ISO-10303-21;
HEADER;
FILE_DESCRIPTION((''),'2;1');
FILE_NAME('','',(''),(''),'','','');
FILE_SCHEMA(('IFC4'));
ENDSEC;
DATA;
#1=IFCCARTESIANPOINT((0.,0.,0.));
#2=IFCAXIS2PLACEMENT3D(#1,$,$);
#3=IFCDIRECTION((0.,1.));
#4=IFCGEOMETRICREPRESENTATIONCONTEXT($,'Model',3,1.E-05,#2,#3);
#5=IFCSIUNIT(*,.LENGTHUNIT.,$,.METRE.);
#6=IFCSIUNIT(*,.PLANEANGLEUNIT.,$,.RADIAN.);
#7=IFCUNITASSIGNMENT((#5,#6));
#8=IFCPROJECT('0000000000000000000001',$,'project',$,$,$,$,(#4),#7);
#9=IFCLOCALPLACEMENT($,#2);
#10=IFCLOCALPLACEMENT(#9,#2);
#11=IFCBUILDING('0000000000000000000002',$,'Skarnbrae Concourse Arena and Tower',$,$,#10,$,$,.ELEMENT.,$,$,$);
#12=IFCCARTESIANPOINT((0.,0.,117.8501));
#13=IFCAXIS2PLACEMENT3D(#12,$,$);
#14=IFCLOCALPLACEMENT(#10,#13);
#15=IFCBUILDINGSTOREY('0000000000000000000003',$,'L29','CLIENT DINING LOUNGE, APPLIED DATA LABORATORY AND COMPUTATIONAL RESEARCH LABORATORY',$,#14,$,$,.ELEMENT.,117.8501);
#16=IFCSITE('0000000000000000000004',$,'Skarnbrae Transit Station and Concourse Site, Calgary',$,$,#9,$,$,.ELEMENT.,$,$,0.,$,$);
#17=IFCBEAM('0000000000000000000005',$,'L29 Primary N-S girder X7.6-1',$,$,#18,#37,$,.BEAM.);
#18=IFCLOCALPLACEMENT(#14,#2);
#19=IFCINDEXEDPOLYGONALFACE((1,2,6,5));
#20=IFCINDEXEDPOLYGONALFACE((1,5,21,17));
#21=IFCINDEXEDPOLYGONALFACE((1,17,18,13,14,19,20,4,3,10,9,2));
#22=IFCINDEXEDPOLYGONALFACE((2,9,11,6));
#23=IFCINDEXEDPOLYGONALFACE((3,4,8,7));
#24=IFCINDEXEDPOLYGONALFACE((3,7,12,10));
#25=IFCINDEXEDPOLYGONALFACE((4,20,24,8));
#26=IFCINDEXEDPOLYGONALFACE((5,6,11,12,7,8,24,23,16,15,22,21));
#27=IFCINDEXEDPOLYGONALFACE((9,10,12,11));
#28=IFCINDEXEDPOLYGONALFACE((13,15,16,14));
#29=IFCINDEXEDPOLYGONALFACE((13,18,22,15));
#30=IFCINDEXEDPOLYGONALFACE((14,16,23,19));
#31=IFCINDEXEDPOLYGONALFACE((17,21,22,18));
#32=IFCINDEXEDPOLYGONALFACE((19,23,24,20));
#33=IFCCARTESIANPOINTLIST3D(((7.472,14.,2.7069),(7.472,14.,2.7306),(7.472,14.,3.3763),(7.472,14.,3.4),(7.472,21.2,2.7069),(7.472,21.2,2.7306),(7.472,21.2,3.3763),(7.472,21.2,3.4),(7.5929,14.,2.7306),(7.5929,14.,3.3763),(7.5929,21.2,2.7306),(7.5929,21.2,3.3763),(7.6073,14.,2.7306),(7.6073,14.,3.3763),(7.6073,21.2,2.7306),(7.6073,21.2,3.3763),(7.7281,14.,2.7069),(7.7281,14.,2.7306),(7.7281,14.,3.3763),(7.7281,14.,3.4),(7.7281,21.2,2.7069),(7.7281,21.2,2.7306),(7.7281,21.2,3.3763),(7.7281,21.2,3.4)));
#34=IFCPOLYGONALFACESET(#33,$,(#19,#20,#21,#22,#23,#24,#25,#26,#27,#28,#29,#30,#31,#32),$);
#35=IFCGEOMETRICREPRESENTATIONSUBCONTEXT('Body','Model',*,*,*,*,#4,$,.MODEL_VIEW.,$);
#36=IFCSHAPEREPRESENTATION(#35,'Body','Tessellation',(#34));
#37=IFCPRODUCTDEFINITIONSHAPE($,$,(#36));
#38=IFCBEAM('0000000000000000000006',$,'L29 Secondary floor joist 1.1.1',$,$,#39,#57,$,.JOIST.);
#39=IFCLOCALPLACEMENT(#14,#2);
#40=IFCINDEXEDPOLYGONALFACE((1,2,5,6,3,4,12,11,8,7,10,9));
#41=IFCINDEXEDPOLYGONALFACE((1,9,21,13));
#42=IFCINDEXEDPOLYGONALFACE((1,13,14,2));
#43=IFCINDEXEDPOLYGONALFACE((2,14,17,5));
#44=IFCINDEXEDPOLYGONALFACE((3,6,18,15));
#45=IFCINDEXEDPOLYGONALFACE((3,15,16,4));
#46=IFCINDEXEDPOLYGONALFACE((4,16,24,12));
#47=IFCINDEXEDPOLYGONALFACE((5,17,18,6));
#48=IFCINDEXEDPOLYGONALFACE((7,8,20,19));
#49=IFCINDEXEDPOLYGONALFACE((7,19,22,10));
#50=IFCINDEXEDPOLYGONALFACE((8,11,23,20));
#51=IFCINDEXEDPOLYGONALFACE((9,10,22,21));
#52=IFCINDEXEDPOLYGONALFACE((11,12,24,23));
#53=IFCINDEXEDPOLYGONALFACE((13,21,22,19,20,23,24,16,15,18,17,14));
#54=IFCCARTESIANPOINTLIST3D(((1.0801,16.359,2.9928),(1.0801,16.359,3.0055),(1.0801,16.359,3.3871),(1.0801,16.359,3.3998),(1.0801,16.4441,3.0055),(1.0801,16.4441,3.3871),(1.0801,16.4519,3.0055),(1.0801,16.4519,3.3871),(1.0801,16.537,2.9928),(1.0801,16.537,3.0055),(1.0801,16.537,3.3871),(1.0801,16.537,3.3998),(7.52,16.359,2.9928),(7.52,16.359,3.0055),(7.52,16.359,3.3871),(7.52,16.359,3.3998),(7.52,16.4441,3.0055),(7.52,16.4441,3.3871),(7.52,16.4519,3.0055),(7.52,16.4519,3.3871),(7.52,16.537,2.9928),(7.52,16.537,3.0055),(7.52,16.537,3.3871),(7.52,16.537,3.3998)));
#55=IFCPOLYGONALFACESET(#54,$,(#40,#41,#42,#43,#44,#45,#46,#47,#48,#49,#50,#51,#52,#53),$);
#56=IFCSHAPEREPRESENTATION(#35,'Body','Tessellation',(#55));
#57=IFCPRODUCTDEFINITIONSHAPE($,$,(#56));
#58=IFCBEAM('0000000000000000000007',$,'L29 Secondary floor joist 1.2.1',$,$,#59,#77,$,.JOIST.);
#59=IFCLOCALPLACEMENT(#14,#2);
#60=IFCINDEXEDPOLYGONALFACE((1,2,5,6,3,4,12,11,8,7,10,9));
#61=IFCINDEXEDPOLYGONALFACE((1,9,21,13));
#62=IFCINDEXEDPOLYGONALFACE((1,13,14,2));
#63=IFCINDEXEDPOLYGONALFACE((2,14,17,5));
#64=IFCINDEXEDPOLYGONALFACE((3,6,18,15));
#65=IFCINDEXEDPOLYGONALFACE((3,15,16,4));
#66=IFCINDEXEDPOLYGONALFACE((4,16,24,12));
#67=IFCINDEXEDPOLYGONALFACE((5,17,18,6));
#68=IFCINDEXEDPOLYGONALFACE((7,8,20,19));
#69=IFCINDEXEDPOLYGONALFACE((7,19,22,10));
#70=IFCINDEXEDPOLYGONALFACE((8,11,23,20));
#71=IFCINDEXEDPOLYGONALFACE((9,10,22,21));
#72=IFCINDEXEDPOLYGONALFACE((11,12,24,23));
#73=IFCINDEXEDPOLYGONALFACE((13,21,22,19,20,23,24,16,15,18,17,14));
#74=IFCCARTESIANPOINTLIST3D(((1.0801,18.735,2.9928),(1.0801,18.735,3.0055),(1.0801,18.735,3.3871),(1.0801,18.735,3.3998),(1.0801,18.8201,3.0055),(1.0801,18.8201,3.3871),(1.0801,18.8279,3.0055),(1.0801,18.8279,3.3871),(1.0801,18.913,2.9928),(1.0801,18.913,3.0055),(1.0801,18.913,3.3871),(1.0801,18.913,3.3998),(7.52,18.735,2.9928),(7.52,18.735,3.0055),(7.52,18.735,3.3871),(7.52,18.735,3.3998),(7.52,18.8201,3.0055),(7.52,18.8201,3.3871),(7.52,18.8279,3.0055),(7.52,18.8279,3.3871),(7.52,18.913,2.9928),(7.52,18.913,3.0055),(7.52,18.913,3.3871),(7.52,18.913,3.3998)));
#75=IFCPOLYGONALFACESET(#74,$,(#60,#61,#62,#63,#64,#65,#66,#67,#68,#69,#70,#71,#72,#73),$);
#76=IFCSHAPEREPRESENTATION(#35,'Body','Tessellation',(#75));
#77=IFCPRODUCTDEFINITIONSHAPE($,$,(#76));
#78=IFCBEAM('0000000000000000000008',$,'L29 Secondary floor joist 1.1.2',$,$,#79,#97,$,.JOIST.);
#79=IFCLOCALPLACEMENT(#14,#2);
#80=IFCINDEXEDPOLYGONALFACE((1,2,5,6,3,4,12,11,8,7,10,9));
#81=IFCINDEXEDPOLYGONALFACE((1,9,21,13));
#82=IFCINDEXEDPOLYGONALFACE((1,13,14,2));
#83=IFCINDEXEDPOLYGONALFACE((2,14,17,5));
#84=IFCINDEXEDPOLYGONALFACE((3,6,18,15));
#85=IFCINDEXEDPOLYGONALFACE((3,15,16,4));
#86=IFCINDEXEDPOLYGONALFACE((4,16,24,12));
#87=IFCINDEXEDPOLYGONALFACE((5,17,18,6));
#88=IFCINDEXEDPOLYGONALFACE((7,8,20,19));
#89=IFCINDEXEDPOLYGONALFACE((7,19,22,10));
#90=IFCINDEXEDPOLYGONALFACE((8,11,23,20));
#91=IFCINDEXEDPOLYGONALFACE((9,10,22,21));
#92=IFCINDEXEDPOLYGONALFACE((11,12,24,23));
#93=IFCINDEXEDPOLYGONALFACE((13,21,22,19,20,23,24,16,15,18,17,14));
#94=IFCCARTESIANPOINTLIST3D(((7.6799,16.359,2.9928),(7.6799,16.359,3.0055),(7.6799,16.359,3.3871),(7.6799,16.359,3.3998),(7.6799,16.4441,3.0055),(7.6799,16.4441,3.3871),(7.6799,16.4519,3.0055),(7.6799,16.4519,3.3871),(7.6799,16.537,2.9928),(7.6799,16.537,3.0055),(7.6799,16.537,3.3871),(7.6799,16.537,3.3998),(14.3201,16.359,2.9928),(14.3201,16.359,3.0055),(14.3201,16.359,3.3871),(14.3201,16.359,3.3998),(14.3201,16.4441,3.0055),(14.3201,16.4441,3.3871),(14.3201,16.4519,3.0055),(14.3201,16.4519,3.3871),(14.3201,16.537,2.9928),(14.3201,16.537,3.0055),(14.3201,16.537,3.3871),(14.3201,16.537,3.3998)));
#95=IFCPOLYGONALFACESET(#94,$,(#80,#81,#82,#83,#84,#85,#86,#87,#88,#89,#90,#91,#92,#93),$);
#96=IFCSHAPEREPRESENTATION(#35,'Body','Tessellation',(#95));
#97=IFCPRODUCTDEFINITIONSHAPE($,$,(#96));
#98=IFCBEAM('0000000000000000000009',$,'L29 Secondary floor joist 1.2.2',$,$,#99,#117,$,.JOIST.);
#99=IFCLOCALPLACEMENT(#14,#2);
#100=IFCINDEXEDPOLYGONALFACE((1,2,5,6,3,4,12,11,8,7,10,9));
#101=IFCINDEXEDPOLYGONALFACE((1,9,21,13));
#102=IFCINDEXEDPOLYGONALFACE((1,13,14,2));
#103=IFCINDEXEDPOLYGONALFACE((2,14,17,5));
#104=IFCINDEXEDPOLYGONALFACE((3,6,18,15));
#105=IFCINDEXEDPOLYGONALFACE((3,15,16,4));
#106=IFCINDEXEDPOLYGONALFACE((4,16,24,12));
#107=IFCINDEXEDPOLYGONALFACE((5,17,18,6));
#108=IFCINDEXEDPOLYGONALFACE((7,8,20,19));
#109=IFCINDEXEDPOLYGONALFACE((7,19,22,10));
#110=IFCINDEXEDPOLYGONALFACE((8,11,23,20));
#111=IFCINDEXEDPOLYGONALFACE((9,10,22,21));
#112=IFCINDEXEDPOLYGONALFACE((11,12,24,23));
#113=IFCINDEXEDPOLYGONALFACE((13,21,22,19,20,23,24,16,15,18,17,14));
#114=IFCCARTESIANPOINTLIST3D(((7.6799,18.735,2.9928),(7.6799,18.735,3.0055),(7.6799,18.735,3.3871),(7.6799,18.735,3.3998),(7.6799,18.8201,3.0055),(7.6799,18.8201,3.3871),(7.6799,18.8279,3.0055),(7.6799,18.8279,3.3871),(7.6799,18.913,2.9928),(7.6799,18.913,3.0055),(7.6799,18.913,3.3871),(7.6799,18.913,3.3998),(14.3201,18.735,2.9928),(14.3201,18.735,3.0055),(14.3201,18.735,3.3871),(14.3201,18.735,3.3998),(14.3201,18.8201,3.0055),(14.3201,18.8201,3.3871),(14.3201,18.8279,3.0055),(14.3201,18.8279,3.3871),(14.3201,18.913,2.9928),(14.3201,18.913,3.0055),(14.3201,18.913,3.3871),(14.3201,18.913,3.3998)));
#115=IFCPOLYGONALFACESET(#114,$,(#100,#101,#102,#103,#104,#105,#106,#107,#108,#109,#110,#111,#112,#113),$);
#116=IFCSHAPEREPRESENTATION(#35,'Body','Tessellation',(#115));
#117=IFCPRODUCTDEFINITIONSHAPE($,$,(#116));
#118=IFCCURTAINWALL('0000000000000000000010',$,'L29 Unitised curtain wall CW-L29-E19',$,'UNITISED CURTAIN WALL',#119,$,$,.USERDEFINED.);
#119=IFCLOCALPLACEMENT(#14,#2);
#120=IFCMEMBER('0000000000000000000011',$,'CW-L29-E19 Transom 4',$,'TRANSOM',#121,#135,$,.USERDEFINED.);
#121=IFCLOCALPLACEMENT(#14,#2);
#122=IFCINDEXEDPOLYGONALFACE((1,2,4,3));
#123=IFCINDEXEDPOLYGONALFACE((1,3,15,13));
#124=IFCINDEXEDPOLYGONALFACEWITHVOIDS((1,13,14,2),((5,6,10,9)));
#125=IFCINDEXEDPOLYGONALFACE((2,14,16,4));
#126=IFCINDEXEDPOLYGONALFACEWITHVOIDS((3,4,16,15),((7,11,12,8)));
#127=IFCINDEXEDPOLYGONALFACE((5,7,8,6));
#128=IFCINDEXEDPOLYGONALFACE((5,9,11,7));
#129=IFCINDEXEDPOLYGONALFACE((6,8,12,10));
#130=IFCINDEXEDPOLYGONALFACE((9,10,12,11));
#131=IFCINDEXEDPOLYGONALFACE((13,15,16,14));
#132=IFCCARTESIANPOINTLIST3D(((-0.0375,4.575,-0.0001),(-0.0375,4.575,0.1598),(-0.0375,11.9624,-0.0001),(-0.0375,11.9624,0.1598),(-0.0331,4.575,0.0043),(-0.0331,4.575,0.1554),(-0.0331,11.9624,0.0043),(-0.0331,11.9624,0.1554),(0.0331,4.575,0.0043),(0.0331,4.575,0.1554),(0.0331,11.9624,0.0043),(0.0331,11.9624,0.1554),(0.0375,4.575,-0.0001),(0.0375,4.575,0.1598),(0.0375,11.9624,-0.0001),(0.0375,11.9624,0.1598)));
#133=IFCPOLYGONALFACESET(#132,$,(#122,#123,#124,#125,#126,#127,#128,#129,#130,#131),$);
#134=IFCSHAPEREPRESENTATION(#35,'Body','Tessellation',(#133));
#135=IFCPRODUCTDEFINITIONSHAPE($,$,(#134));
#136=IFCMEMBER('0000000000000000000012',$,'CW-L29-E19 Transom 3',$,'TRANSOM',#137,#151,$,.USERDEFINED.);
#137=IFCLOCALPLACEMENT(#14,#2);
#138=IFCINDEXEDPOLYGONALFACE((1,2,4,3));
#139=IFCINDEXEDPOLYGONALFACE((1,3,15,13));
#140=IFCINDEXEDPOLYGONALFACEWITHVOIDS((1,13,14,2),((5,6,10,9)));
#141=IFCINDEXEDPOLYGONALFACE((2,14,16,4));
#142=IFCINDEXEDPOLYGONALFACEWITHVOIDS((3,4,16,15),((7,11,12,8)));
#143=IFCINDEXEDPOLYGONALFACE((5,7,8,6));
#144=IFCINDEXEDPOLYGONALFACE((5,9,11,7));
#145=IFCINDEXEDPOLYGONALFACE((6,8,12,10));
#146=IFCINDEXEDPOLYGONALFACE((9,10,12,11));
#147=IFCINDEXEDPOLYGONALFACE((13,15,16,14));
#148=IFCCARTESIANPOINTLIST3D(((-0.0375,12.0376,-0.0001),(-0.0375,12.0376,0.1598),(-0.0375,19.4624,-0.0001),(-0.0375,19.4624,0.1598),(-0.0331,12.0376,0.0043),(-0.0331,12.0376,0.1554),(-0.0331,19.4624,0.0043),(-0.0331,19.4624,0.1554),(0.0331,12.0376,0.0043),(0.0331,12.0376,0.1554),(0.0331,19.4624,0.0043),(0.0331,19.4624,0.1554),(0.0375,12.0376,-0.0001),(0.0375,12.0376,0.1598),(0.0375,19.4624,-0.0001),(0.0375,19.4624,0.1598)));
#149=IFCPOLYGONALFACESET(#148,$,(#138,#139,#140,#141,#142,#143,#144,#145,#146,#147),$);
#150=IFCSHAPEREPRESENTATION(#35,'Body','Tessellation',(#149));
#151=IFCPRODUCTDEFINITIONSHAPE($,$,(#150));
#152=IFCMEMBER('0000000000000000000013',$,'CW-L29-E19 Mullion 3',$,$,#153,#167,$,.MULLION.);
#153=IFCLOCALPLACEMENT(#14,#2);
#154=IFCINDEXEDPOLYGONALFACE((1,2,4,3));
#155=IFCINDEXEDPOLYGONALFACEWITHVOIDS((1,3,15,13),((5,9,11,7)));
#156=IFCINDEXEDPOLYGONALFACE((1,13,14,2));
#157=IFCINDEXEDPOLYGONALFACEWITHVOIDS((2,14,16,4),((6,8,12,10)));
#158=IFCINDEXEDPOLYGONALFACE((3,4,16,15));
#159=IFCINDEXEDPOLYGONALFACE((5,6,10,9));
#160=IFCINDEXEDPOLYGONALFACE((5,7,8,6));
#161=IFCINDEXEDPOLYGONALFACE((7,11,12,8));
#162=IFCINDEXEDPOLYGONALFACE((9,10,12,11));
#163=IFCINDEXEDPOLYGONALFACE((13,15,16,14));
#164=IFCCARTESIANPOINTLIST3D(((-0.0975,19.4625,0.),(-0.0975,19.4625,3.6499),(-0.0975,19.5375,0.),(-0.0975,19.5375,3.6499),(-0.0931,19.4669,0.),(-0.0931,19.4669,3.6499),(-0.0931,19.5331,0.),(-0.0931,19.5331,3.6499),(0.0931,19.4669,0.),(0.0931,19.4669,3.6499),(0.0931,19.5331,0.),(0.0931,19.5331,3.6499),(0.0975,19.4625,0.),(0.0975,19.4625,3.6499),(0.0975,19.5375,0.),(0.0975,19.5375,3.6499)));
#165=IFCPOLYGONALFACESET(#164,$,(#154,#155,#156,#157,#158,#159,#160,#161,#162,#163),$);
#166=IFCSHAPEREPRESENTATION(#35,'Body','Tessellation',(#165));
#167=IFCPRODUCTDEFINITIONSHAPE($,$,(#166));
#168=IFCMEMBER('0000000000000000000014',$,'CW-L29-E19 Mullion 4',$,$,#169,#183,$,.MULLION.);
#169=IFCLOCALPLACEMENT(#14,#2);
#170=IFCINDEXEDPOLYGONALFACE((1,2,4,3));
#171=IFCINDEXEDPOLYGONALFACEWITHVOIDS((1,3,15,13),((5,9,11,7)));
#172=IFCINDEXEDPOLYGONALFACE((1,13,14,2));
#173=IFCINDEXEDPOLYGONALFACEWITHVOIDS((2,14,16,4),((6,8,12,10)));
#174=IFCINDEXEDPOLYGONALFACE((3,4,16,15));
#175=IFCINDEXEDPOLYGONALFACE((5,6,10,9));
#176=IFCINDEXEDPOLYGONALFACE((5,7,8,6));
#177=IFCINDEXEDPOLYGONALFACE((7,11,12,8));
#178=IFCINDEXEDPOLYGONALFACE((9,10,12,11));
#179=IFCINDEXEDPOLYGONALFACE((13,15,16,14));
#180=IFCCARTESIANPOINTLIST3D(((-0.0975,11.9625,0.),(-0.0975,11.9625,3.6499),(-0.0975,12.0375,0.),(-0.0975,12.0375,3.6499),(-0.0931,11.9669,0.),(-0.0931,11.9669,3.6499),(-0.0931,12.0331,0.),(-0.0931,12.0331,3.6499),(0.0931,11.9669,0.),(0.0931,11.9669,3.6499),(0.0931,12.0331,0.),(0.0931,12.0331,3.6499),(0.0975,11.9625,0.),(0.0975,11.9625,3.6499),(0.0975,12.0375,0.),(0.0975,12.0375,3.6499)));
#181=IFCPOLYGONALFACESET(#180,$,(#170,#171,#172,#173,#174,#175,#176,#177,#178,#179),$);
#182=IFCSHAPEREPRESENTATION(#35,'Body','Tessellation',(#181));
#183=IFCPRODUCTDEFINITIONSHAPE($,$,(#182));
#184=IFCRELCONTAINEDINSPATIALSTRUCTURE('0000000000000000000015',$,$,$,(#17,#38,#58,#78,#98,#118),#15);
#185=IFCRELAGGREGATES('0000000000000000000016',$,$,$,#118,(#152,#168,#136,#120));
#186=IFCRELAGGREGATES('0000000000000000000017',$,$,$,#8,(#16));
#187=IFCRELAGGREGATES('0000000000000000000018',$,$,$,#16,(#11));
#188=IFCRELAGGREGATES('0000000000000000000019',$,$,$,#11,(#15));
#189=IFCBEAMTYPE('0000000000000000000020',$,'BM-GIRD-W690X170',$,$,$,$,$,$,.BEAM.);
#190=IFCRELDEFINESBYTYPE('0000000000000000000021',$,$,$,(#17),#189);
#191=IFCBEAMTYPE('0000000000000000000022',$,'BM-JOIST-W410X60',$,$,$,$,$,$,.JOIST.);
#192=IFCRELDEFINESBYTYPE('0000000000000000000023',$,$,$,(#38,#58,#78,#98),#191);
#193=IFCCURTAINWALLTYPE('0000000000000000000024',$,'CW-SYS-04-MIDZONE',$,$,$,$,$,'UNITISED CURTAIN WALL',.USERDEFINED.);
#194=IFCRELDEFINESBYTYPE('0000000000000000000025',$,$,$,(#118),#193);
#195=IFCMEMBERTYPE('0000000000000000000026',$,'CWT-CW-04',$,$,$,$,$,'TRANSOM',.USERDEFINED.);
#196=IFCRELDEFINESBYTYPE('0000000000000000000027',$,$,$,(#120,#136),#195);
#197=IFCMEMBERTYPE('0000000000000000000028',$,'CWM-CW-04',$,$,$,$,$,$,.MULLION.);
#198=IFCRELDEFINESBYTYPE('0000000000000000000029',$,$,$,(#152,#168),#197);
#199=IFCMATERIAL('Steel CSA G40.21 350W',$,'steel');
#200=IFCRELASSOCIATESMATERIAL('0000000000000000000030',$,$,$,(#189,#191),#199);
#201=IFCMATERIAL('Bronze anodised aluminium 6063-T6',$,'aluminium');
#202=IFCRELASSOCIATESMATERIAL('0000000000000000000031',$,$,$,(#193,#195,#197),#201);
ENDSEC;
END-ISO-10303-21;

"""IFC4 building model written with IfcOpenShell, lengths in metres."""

from ifc_helpers import new_model, si_unit, direction, frame, origin, origin_2d, place, context, subcontext, project, spatial, hollow_rectangle, i_section, extrude, source, transform, mapped, material, material_profile, profile_set, type_object, element, aggregate, save


model = new_model("IFC4")

# Units and contexts
model_context = context("Model", 3, precision=1e-05, world=origin(), true_north=direction((0.0, 1.0)))
body_context = subcontext(model_context, "Body", "Model", "MODEL_VIEW")
ifc_project = project(units=[si_unit("LENGTHUNIT", "METRE"), si_unit("PLANEANGLEUNIT", "RADIAN")], contexts=[model_context])

# Site, building, storey
site_placement = place(None, origin())
site = spatial("IfcSite", under=ifc_project, at=site_placement, Name="Skarnbrae Transit Station and Concourse Site, Calgary", CompositionType="ELEMENT", RefElevation=0.0)
building_placement = place(site_placement, origin())
building = spatial("IfcBuilding", under=site, at=building_placement, Name="Skarnbrae Concourse Arena and Tower", CompositionType="ELEMENT")
storey_placement = place(building_placement, frame((0.0, 0.0, 117.8501)))
storey = spatial("IfcBuildingStorey", under=building, at=storey_placement, Name="L29", Description="CLIENT DINING LOUNGE, APPLIED DATA LABORATORY AND COMPUTATIONAL RESEARCH LABORATORY", CompositionType="ELEMENT", Elevation=117.8501)

# Shared definitions
ifc_material_1 = material(Name="Steel CSA G40.21 350W", Category="steel")

# Beams
ifc_material_profile_1 = material_profile(ifc_material_1, i_section(OverallWidth=0.2561, OverallDepth=0.6931, WebThickness=0.0144, FlangeThickness=0.0237, at=origin_2d()), Name="W690X170")
ifc_profile_set_1 = profile_set([ifc_material_profile_1], Name="Steel CSA G40.21 350W")
beam_type_1 = type_object("IfcBeamType", Name="BM-GIRD-W690X170", PredefinedType="BEAM", material=ifc_profile_set_1)
shared_shape_1 = source(origin(), body_context, "Body", "SweptSolid", [
    extrude(i_section(OverallWidth=0.2561, OverallDepth=0.6931, WebThickness=0.0144, FlangeThickness=0.0237, at=origin_2d()), origin(), (0.0, 0.0, 1.0), 7.2),
])
beam_1_placement = place(storey_placement, frame((7.6001, 14.0, 3.0535), z_axis=(0.0, 1.0, 0.0), x_axis=(-1.0, 0.0, 0.0)))
element("IfcBeam", 1, at=beam_1_placement, inside=storey, type_object=beam_type_1, Name="L29 Primary N-S girder X7.6-1", PredefinedType="BEAM", context=body_context, shape_type="MappedRepresentation", body=[
    mapped(shared_shape_1, transform((0.0, 0.0, 0.0))),
])
ifc_material_profile_2 = material_profile(ifc_material_1, i_section(OverallWidth=0.178, OverallDepth=0.407, WebThickness=0.0078, FlangeThickness=0.0127, at=origin_2d()), Name="W410X60")
ifc_profile_set_2 = profile_set([ifc_material_profile_2], Name="Steel CSA G40.21 350W")
beam_type_2 = type_object("IfcBeamType", Name="BM-JOIST-W410X60", PredefinedType="JOIST", material=ifc_profile_set_2)
shared_shape_2 = source(origin(), body_context, "Body", "SweptSolid", [
    extrude(i_section(OverallWidth=0.178, OverallDepth=0.407, WebThickness=0.0078, FlangeThickness=0.0127, at=origin_2d()), origin(), (0.0, 0.0, 1.0), 6.4399),
])
for number, where, z_axis, x_axis, name in (
    (2, (1.0801, 16.448, 3.1963), (1.0, 0.0, 0.0), (0.0, 1.0, 0.0), "L29 Secondary floor joist 1.1.1"),
    (3, (1.0801, 18.824, 3.1963), (1.0, 0.0, 0.0), (0.0, 1.0, 0.0), "L29 Secondary floor joist 1.2.1"),
):
    element("IfcBeam", number, at=place(storey_placement, frame(where, z_axis=z_axis, x_axis=x_axis)), inside=storey, type_object=beam_type_2, Name=name, PredefinedType="JOIST", context=body_context, shape_type="MappedRepresentation", body=[
        mapped(shared_shape_2, transform((0.0, 0.0, 0.0))),
    ])
shared_shape_3 = source(origin(), body_context, "Body", "SweptSolid", [
    extrude(i_section(OverallWidth=0.178, OverallDepth=0.407, WebThickness=0.0078, FlangeThickness=0.0127, at=origin_2d()), origin(), (0.0, 0.0, 1.0), 6.6401),
])
for number, where, z_axis, x_axis, name in (
    (4, (7.6799, 16.448, 3.1963), (1.0, 0.0, 0.0), (0.0, 1.0, 0.0), "L29 Secondary floor joist 1.1.2"),
    (5, (7.6799, 18.824, 3.1963), (1.0, 0.0, 0.0), (0.0, 1.0, 0.0), "L29 Secondary floor joist 1.2.2"),
):
    element("IfcBeam", number, at=place(storey_placement, frame(where, z_axis=z_axis, x_axis=x_axis)), inside=storey, type_object=beam_type_2, Name=name, PredefinedType="JOIST", context=body_context, shape_type="MappedRepresentation", body=[
        mapped(shared_shape_3, transform((0.0, 0.0, 0.0))),
    ])

# Curtain wall, members
ifc_material_2 = material(Name="Bronze anodised aluminium 6063-T6", Category="aluminium")
curtain_wall_type = type_object("IfcCurtainWallType", Name="CW-SYS-04-MIDZONE", ElementType="UNITISED CURTAIN WALL", PredefinedType="USERDEFINED", material=ifc_material_2)
curtain_wall_placement = place(storey_placement, origin())
curtain_wall = element("IfcCurtainWall", 6, at=curtain_wall_placement, inside=storey, type_object=curtain_wall_type, Name="L29 Unitised curtain wall CW-L29-E19", ObjectType="UNITISED CURTAIN WALL", PredefinedType="USERDEFINED")
ifc_material_profile_3 = material_profile(ifc_material_2, hollow_rectangle(XDim=0.075, YDim=0.1599, WallThickness=0.0044, at=origin_2d()), Name="ALU-TRAN-75X160")
ifc_profile_set_3 = profile_set([ifc_material_profile_3], Name="Bronze anodised aluminium 6063-T6")
member_type_1 = type_object("IfcMemberType", Name="CWT-CW-04", ElementType="TRANSOM", PredefinedType="USERDEFINED", material=ifc_profile_set_3)
shared_shape_4 = source(origin(), body_context, "Body", "SweptSolid", [
    extrude(hollow_rectangle(XDim=0.075, YDim=0.1599, WallThickness=0.0044, at=origin_2d()), origin(), (0.0, 0.0, 1.0), 7.3875),
])
member_1_placement = place(storey_placement, frame((0.0, 11.9624, 0.0798), z_axis=(0.0, -1.0, 0.0), x_axis=(1.0, 0.0, 0.0)))
member_1 = element("IfcMember", 7, at=member_1_placement, type_object=member_type_1, Name="CW-L29-E19 Transom 4", ObjectType="TRANSOM", PredefinedType="USERDEFINED", context=body_context, shape_type="MappedRepresentation", body=[
    mapped(shared_shape_4, transform((0.0, 0.0, 0.0))),
])
shared_shape_5 = source(origin(), body_context, "Body", "SweptSolid", [
    extrude(hollow_rectangle(XDim=0.075, YDim=0.1599, WallThickness=0.0044, at=origin_2d()), origin(), (0.0, 0.0, 1.0), 7.4248),
])
member_2_placement = place(storey_placement, frame((0.0, 19.4624, 0.0798), z_axis=(0.0, -1.0, 0.0), x_axis=(1.0, 0.0, 0.0)))
member_2 = element("IfcMember", 8, at=member_2_placement, type_object=member_type_1, Name="CW-L29-E19 Transom 3", ObjectType="TRANSOM", PredefinedType="USERDEFINED", context=body_context, shape_type="MappedRepresentation", body=[
    mapped(shared_shape_5, transform((0.0, 0.0, 0.0))),
])
ifc_material_profile_4 = material_profile(ifc_material_2, hollow_rectangle(XDim=0.075, YDim=0.1951, WallThickness=0.0044, at=origin_2d()), Name="ALU-MULL-75X195")
ifc_profile_set_4 = profile_set([ifc_material_profile_4], Name="Bronze anodised aluminium 6063-T6")
member_type_2 = type_object("IfcMemberType", Name="CWM-CW-04", PredefinedType="MULLION", material=ifc_profile_set_4)
shared_shape_6 = source(origin(), body_context, "Body", "SweptSolid", [
    extrude(hollow_rectangle(XDim=0.075, YDim=0.1951, WallThickness=0.0044, at=origin_2d()), origin(), (0.0, 0.0, 1.0), 3.6499),
])
member_3_placement = place(storey_placement, frame((0.0, 19.5, 0.0), z_axis=(0.0, 0.0, 1.0), x_axis=(0.0, -1.0, 0.0)))
member_3 = element("IfcMember", 9, at=member_3_placement, type_object=member_type_2, Name="CW-L29-E19 Mullion 3", PredefinedType="MULLION", context=body_context, shape_type="MappedRepresentation", body=[
    mapped(shared_shape_6, transform((0.0, 0.0, 0.0))),
])
member_4_placement = place(storey_placement, frame((0.0, 12.0, 0.0), z_axis=(0.0, 0.0, 1.0), x_axis=(0.0, -1.0, 0.0)))
member_4 = element("IfcMember", 10, at=member_4_placement, type_object=member_type_2, Name="CW-L29-E19 Mullion 4", PredefinedType="MULLION", context=body_context, shape_type="MappedRepresentation", body=[
    mapped(shared_shape_6, transform((0.0, 0.0, 0.0))),
])
aggregate(curtain_wall, [member_3, member_4, member_2, member_1])

save(model, "model.ifc")
